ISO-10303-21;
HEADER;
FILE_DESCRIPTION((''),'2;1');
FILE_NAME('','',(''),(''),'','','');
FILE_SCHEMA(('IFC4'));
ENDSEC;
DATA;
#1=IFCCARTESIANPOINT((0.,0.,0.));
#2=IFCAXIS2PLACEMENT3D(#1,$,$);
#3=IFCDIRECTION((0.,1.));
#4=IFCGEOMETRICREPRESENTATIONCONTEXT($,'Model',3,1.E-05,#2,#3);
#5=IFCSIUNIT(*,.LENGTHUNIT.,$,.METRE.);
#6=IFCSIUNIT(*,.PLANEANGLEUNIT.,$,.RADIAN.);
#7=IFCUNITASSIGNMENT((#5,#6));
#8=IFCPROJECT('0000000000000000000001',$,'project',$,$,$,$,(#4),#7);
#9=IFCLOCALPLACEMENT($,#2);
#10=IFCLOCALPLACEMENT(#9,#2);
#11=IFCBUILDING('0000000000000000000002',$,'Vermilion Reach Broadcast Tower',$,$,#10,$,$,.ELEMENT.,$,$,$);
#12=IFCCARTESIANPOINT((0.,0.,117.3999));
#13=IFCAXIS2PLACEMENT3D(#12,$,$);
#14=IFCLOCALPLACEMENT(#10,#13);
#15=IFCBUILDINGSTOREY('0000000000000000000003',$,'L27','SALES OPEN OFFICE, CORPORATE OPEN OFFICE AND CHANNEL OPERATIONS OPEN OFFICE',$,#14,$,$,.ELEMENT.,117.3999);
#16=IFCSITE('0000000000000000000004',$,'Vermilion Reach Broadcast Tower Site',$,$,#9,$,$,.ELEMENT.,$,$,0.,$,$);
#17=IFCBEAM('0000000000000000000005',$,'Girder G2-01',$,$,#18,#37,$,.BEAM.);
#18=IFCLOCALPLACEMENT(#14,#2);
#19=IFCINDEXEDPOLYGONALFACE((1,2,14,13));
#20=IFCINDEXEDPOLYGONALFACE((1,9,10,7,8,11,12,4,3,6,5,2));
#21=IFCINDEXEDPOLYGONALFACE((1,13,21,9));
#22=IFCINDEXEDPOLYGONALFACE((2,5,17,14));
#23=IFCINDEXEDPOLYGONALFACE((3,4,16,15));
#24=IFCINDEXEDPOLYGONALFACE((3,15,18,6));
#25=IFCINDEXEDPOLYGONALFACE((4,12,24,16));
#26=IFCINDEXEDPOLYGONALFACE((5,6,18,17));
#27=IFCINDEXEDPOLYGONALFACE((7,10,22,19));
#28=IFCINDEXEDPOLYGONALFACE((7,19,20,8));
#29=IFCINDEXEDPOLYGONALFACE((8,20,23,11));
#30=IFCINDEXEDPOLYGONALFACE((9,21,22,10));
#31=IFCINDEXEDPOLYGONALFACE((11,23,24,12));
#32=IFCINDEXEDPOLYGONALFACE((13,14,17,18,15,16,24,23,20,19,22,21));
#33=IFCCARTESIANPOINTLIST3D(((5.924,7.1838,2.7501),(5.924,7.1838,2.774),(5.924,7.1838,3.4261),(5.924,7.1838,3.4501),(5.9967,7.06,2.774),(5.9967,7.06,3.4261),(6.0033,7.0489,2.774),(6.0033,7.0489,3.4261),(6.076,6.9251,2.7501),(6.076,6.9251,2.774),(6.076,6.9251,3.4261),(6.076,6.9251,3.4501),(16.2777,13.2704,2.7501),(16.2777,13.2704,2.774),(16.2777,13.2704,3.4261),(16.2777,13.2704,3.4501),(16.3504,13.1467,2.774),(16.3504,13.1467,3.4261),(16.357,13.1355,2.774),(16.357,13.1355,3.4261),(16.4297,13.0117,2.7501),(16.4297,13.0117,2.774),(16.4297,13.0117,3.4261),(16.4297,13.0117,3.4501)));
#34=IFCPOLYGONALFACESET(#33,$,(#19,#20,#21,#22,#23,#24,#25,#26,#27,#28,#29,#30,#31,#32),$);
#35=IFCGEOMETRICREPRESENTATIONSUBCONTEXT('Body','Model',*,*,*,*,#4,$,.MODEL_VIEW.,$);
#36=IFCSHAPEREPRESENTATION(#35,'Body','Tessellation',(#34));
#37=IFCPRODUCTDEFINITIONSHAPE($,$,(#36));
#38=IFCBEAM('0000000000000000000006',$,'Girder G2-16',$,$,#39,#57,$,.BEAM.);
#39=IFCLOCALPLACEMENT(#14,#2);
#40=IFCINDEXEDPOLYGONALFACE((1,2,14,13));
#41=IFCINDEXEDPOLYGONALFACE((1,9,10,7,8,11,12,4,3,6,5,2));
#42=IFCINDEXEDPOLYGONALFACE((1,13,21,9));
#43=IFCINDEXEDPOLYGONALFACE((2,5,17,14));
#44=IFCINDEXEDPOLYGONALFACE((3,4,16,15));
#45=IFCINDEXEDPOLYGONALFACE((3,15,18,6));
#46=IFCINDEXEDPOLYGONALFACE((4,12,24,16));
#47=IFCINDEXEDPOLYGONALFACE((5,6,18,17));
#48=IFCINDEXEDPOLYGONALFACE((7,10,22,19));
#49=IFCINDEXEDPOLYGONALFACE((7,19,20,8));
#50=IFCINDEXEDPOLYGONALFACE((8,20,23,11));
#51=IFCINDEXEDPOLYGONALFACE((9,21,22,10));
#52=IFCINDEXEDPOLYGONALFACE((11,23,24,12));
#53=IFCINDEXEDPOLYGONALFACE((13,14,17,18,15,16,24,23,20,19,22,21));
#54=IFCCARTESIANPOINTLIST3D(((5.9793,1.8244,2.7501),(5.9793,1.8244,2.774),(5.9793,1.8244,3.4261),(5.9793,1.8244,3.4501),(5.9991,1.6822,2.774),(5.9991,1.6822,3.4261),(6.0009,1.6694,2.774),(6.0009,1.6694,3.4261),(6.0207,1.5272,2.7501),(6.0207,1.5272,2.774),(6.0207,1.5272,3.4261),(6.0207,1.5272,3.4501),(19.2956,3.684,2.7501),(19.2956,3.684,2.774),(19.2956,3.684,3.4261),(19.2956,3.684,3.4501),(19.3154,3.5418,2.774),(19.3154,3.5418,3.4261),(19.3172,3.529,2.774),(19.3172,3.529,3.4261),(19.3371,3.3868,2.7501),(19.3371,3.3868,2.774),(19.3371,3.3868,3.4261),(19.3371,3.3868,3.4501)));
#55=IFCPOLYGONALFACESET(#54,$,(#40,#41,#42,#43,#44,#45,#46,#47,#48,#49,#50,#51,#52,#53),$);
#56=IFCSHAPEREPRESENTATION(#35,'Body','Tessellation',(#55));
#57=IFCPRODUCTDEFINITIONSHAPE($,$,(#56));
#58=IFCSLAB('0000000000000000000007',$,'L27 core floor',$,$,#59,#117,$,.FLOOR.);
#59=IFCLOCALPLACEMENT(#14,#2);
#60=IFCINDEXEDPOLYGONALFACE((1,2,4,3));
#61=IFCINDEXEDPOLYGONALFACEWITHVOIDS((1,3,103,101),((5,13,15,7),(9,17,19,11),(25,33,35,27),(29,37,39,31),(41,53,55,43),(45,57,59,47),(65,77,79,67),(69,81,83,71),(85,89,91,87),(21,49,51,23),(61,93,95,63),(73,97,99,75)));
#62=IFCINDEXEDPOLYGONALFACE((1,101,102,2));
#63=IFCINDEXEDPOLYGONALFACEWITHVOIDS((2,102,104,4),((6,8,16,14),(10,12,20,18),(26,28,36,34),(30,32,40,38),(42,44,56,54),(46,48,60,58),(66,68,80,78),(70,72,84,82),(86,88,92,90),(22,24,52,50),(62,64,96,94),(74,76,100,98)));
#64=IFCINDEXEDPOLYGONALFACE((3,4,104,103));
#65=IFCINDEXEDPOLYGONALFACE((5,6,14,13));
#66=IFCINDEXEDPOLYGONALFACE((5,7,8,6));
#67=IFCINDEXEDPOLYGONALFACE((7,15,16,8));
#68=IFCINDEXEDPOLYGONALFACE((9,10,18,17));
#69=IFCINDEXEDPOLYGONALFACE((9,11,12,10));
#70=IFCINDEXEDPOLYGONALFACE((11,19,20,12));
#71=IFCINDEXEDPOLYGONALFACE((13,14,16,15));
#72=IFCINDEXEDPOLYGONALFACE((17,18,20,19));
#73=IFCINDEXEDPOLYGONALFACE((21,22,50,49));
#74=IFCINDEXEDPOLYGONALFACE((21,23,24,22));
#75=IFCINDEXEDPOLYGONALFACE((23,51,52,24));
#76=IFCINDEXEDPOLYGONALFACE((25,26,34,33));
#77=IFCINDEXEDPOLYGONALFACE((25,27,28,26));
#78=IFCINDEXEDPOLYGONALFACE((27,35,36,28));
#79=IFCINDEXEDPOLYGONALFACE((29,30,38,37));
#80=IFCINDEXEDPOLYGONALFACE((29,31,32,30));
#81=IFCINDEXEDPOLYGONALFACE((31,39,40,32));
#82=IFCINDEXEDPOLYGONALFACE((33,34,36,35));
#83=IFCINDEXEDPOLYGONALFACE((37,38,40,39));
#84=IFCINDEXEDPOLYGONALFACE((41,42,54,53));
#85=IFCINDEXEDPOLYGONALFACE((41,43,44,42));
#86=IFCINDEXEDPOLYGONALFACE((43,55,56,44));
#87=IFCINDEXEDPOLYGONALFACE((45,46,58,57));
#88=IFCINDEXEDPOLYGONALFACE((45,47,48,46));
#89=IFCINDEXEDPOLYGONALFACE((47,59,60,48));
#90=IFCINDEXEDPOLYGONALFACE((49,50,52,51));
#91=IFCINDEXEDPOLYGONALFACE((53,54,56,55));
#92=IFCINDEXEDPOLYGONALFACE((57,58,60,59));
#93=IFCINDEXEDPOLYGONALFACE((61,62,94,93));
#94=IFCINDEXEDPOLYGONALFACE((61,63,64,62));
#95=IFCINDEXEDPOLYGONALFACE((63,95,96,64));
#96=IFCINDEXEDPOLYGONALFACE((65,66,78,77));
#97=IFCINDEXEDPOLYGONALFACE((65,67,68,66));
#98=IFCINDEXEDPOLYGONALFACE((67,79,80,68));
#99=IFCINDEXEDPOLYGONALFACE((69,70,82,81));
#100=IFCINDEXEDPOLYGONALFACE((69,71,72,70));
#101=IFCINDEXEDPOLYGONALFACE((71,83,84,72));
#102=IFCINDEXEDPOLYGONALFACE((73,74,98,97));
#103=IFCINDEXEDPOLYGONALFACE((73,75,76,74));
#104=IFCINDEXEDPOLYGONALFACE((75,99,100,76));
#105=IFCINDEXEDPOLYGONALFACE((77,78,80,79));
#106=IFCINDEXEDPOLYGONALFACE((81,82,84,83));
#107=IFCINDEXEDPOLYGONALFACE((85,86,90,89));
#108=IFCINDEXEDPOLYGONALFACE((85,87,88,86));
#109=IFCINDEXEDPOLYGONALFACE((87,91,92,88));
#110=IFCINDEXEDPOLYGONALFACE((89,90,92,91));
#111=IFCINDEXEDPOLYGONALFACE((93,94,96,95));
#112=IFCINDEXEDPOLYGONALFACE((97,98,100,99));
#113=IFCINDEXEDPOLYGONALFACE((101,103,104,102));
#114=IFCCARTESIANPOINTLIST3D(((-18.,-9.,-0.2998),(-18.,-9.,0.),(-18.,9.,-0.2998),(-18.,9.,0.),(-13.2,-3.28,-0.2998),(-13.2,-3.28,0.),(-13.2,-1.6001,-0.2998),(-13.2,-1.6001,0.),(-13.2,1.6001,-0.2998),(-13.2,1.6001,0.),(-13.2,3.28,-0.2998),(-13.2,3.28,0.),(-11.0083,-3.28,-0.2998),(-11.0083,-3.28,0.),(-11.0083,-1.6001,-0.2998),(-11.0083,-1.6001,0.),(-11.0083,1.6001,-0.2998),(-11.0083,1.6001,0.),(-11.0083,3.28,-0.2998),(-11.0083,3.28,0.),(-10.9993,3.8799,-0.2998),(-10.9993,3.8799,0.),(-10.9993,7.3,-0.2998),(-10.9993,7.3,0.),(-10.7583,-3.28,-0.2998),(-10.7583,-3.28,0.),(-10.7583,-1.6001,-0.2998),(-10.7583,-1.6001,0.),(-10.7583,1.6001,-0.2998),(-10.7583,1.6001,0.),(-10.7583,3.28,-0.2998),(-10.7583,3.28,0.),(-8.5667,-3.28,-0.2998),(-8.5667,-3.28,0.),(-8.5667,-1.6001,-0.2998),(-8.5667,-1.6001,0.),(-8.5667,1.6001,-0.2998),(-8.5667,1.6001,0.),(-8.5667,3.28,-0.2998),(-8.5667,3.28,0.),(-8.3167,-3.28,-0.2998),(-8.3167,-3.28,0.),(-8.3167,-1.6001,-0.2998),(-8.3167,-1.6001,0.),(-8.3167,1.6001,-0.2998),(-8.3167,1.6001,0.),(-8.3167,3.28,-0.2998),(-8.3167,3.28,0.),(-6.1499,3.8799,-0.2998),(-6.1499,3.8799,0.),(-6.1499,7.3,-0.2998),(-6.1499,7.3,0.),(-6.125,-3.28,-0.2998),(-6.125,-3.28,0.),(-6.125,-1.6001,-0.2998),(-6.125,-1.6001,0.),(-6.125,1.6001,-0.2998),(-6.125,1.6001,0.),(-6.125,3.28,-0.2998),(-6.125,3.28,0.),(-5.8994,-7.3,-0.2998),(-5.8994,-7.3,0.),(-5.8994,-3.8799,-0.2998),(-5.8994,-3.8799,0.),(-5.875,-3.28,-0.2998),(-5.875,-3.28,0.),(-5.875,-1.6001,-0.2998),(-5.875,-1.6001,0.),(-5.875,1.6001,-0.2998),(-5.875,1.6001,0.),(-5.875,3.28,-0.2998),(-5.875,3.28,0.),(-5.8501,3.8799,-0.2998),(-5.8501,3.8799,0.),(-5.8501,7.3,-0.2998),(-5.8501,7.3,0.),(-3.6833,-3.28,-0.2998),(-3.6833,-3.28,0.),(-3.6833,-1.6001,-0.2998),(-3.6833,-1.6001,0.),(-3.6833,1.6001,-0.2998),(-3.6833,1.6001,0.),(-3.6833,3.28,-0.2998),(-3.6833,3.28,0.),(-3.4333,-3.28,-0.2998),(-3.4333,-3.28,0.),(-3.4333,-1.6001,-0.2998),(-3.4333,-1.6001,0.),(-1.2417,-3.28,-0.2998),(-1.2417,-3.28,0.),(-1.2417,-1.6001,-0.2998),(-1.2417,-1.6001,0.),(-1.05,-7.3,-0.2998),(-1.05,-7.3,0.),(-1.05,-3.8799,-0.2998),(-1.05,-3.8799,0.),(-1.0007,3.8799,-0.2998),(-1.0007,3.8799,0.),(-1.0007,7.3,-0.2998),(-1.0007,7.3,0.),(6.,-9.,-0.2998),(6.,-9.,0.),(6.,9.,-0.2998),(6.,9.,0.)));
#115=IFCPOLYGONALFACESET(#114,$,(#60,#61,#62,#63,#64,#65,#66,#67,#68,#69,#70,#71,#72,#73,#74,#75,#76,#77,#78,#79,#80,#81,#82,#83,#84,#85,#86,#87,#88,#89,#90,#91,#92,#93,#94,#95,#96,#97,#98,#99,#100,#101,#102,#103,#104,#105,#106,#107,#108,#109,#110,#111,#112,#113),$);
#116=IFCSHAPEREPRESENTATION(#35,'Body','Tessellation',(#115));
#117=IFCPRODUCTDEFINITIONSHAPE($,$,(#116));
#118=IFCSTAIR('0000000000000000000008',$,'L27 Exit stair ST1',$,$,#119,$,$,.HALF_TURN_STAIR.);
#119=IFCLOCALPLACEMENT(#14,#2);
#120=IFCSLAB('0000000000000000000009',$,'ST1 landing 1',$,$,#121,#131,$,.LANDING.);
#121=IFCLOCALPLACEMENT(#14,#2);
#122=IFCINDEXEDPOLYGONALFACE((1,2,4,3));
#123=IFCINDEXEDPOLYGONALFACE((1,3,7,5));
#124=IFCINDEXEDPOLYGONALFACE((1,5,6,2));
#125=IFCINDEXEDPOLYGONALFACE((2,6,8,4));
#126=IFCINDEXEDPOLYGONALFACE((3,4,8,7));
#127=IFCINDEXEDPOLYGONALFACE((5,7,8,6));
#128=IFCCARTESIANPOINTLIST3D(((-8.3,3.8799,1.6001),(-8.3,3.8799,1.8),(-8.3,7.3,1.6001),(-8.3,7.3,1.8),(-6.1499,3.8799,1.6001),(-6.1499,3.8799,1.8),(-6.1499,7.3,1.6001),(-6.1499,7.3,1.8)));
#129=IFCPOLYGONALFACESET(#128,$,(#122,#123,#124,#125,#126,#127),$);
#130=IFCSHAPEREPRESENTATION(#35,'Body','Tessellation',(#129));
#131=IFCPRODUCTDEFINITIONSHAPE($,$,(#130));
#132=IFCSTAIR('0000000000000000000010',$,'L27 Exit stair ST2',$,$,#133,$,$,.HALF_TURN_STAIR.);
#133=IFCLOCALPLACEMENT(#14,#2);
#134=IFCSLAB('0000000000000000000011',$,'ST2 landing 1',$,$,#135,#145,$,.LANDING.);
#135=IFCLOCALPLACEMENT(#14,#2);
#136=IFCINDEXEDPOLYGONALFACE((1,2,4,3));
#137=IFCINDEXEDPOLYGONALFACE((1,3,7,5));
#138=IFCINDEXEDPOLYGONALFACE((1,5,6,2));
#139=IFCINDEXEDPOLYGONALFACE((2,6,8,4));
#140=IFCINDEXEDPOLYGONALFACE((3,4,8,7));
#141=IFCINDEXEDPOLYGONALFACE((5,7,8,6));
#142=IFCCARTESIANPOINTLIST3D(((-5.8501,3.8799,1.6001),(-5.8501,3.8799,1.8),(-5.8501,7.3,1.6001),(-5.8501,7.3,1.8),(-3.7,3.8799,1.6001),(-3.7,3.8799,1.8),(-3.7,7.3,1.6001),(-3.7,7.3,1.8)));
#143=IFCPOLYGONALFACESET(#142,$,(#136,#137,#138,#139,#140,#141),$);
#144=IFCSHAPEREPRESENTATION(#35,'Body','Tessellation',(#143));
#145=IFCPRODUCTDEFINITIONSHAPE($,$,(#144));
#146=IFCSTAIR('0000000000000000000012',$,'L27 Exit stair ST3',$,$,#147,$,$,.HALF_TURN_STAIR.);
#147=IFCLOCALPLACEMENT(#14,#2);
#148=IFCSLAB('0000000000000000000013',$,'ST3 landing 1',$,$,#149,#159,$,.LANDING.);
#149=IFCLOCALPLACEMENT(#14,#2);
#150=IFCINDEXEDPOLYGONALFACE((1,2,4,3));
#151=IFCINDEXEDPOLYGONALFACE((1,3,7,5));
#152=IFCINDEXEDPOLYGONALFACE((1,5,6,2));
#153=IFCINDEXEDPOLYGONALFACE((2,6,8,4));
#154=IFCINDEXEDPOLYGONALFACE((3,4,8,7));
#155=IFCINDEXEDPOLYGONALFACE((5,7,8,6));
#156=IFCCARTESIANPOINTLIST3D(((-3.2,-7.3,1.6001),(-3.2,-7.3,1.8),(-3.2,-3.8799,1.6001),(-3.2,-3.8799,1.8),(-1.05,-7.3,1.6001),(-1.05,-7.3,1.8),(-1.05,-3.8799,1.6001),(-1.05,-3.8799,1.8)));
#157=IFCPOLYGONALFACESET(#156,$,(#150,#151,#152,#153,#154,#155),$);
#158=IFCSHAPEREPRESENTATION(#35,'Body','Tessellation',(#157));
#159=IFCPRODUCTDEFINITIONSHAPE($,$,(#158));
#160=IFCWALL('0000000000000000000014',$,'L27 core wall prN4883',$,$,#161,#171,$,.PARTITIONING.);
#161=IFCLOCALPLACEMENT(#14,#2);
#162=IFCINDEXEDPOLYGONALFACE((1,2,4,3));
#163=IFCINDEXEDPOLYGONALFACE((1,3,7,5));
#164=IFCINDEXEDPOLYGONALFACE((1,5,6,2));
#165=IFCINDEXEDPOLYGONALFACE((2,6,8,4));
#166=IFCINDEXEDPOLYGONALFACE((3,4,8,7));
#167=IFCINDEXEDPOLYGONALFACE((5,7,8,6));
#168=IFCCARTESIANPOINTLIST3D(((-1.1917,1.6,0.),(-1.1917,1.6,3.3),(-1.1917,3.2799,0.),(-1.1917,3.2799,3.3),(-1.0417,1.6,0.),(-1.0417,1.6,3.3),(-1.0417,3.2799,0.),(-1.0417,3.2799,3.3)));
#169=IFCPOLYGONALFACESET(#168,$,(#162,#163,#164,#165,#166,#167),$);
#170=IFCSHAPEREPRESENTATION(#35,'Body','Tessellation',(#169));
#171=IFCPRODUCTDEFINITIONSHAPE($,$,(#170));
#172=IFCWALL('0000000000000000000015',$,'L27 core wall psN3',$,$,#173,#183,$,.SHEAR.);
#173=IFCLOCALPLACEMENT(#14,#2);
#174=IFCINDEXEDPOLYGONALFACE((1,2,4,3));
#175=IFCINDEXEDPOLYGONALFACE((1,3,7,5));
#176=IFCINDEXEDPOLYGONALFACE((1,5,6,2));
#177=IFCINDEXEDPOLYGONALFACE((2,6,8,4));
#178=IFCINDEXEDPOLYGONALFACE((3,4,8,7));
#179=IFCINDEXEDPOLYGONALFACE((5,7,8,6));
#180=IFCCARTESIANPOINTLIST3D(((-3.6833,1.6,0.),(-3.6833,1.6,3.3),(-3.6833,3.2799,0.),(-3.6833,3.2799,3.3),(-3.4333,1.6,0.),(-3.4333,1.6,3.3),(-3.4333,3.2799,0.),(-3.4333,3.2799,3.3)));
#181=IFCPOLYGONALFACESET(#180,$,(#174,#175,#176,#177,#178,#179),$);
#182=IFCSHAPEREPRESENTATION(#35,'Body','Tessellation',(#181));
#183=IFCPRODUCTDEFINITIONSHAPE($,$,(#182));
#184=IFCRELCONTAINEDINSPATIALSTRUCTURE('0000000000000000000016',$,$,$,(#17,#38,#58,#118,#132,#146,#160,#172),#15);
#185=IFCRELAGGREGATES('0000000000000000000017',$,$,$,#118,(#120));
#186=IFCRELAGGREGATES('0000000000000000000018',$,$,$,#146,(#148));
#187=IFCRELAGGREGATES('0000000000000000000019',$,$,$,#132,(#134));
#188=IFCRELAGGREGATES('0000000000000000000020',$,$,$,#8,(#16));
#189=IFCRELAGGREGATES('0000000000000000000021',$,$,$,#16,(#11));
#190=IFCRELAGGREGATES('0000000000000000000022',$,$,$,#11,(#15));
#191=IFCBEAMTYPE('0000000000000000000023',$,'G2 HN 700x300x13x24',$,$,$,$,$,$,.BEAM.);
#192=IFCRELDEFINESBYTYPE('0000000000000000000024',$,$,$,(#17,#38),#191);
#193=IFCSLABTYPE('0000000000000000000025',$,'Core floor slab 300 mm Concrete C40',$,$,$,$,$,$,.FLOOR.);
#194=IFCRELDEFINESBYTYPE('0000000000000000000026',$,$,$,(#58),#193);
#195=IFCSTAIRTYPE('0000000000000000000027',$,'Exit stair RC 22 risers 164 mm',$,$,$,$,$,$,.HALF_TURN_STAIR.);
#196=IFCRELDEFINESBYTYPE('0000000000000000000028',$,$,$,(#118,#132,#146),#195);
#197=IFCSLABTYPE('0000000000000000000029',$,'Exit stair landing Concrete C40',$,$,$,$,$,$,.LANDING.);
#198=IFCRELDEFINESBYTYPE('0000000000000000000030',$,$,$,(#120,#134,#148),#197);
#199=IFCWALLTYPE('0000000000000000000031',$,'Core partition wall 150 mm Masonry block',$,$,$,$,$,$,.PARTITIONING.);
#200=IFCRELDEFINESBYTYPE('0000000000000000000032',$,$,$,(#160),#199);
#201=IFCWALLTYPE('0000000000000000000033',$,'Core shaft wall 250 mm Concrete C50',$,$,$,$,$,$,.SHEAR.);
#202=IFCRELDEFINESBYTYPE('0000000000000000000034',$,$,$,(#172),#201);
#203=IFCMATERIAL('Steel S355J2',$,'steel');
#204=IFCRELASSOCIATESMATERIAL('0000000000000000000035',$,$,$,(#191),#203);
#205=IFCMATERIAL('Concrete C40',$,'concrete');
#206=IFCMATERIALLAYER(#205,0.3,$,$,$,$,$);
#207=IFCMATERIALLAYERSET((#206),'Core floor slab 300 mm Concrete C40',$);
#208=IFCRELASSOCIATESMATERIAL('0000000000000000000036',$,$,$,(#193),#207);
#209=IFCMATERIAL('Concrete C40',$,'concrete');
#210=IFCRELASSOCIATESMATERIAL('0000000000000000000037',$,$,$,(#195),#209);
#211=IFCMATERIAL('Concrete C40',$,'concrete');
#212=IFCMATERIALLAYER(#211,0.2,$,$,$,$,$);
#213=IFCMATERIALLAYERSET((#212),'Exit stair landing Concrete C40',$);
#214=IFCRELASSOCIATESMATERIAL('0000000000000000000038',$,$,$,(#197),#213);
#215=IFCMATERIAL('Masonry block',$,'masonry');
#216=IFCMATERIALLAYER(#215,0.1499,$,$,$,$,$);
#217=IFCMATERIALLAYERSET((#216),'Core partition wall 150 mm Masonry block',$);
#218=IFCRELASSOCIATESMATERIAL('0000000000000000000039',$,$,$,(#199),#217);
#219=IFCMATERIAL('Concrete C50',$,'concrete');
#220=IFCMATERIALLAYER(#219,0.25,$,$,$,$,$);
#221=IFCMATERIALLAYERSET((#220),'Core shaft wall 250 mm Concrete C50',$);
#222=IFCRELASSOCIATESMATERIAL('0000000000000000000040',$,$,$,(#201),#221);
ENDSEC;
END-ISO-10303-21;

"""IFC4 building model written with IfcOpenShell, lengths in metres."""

from ifc_helpers import new_model, si_unit, direction, frame, frame_2d, origin, origin_2d, place, context, subcontext, project, spatial, polyline, rectangle, i_section, outline, extrude, material, layer, layer_set, material_profile, profile_set, type_object, element, aggregate, save


model = new_model("IFC4")

# Units and contexts
model_context = context("Model", 3, precision=1e-05, world=origin(), true_north=direction((0.0, 1.0)))
body_context = subcontext(model_context, "Body", "Model", "MODEL_VIEW")
ifc_project = project(units=[si_unit("LENGTHUNIT", "METRE"), si_unit("PLANEANGLEUNIT", "RADIAN")], contexts=[model_context])

# Site, building, storey
site_placement = place(None, origin())
site = spatial("IfcSite", under=ifc_project, at=site_placement, Name="Vermilion Reach Broadcast Tower Site", CompositionType="ELEMENT", RefElevation=0.0)
building_placement = place(site_placement, origin())
building = spatial("IfcBuilding", under=site, at=building_placement, Name="Vermilion Reach Broadcast Tower", CompositionType="ELEMENT")
storey_placement = place(building_placement, frame((0.0, 0.0, 117.3999)))
storey = spatial("IfcBuildingStorey", under=building, at=storey_placement, Name="L27", Description="SALES OPEN OFFICE, CORPORATE OPEN OFFICE AND CHANNEL OPERATIONS OPEN OFFICE", CompositionType="ELEMENT", Elevation=117.3999)

# Beams
ifc_material_1 = material(Name="Steel S355J2", Category="steel")
ifc_material_profile = material_profile(ifc_material_1, i_section(OverallWidth=0.3, OverallDepth=0.7, WebThickness=0.0129, FlangeThickness=0.0239, at=origin_2d()), Name="S355J2 HN 700x300x13x24")
ifc_profile_set = profile_set([ifc_material_profile], Name="Steel S355J2")
beam_type = type_object("IfcBeamType", Name="G2 HN 700x300x13x24", PredefinedType="BEAM", material=ifc_profile_set)
beam_1_placement = place(storey_placement, frame((6.0, 7.0544, 3.1001), z_axis=(0.862072, 0.506786, 0.0), x_axis=(-0.506786, 0.862072, 0.0)))
element("IfcBeam", 1, at=beam_1_placement, inside=storey, type_object=beam_type, Name="Girder G2-01", PredefinedType="BEAM", context=body_context, shape_type="SweptSolid", body=[
    extrude(i_section(OverallWidth=0.3, OverallDepth=0.7, WebThickness=0.0129, FlangeThickness=0.0239, at=origin_2d()), origin(), (0.0, 0.0, 1.0), 12.0103),
])
beam_2_placement = place(storey_placement, frame((6.0, 1.6758, 3.1001), z_axis=(0.990389, 0.138307, 0.0), x_axis=(-0.138307, 0.990389, 0.0)))
element("IfcBeam", 2, at=beam_2_placement, inside=storey, type_object=beam_type, Name="Girder G2-16", PredefinedType="BEAM", context=body_context, shape_type="SweptSolid", body=[
    extrude(i_section(OverallWidth=0.3, OverallDepth=0.7, WebThickness=0.0129, FlangeThickness=0.0239, at=origin_2d()), origin(), (0.0, 0.0, 1.0), 13.4456),
])

# Slab
ifc_material_2 = material(Name="Concrete C40", Category="concrete")
ifc_layer_1 = layer(ifc_material_2, 0.3)
ifc_layer_set_1 = layer_set([ifc_layer_1], Name="Core floor slab 300 mm Concrete C40")
slab_type_1 = type_object("IfcSlabType", Name="Core floor slab 300 mm Concrete C40", PredefinedType="FLOOR", material=ifc_layer_set_1)
slab_1_placement = place(storey_placement, frame((0.0, 0.0, -0.2998)))
element("IfcSlab", 3, at=slab_1_placement, inside=storey, type_object=slab_type_1, Name="L27 core floor", PredefinedType="FLOOR", context=body_context, shape_type="SweptSolid", body=[
    extrude(outline(polyline([(-18.0, -9.0), (6.0, -9.0), (6.0, 9.0), (-18.0, 9.0), (-18.0, -9.0)]), holes=[polyline([(-13.2, 1.6001), (-11.0083, 1.6001), (-11.0083, 3.28), (-13.2, 3.28), (-13.2, 1.6001)]), polyline([(-10.7583, 1.6001), (-8.5667, 1.6001), (-8.5667, 3.28), (-10.7583, 3.28), (-10.7583, 1.6001)]), polyline([(-8.3167, 1.6001), (-6.125, 1.6001), (-6.125, 3.28), (-8.3167, 3.28), (-8.3167, 1.6001)]), polyline([(-5.875, 1.6001), (-3.6833, 1.6001), (-3.6833, 3.28), (-5.875, 3.28), (-5.875, 1.6001)]), polyline([(-13.2, -3.28), (-11.0083, -3.28), (-11.0083, -1.6001), (-13.2, -1.6001), (-13.2, -3.28)]), polyline([(-10.7583, -3.28), (-8.5667, -3.28), (-8.5667, -1.6001), (-10.7583, -1.6001), (-10.7583, -3.28)]), polyline([(-8.3167, -3.28), (-6.125, -3.28), (-6.125, -1.6001), (-8.3167, -1.6001), (-8.3167, -3.28)]), polyline([(-5.875, -3.28), (-3.6833, -3.28), (-3.6833, -1.6001), (-5.875, -1.6001), (-5.875, -3.28)]), polyline([(-3.4333, -3.28), (-1.2417, -3.28), (-1.2417, -1.6001), (-3.4333, -1.6001), (-3.4333, -3.28)]), polyline([(-10.9993, 3.8799), (-6.1499, 3.8799), (-6.1499, 7.3), (-10.9993, 7.3), (-10.9993, 3.8799)]), polyline([(-1.0007, 7.3), (-5.8501, 7.3), (-5.8501, 3.8799), (-1.0007, 3.8799), (-1.0007, 7.3)]), polyline([(-5.8994, -7.3), (-1.05, -7.3), (-1.05, -3.8799), (-5.8994, -3.8799), (-5.8994, -7.3)])]), origin(), (0.0, 0.0, 1.0), 0.2998),
])

# Stairs, slabs
ifc_material_3 = material(Name="Concrete C40", Category="concrete")
stair_type = type_object("IfcStairType", Name="Exit stair RC 22 risers 164 mm", PredefinedType="HALF_TURN_STAIR", material=ifc_material_3)
placement_1 = place(storey_placement, origin())
stair_1 = element("IfcStair", 4, at=placement_1, inside=storey, type_object=stair_type, Name="L27 Exit stair ST1", PredefinedType="HALF_TURN_STAIR")
ifc_material_4 = material(Name="Concrete C40", Category="concrete")
ifc_layer_2 = layer(ifc_material_4, 0.2)
ifc_layer_set_2 = layer_set([ifc_layer_2], Name="Exit stair landing Concrete C40")
slab_type_2 = type_object("IfcSlabType", Name="Exit stair landing Concrete C40", PredefinedType="LANDING", material=ifc_layer_set_2)
placement_2 = place(storey_placement, frame((0.0, 0.0, 1.6001)))
slab_2 = element("IfcSlab", 5, at=placement_2, type_object=slab_type_2, Name="ST1 landing 1", PredefinedType="LANDING", context=body_context, shape_type="SweptSolid", body=[
    extrude(outline(polyline([(-8.3, 3.8799), (-6.1499, 3.8799), (-6.1499, 7.3), (-8.3, 7.3), (-8.3, 3.8799)])), origin(), (0.0, 0.0, 1.0), 0.2),
])
aggregate(stair_1, [slab_2])
stair_2 = element("IfcStair", 6, at=placement_1, inside=storey, type_object=stair_type, Name="L27 Exit stair ST2", PredefinedType="HALF_TURN_STAIR")
slab_3 = element("IfcSlab", 7, at=placement_2, type_object=slab_type_2, Name="ST2 landing 1", PredefinedType="LANDING", context=body_context, shape_type="SweptSolid", body=[
    extrude(outline(polyline([(-3.7, 7.3), (-5.8501, 7.3), (-5.8501, 3.8799), (-3.7, 3.8799), (-3.7, 7.3)])), origin(), (0.0, 0.0, 1.0), 0.2),
])
stair_3 = element("IfcStair", 8, at=placement_1, inside=storey, type_object=stair_type, Name="L27 Exit stair ST3", PredefinedType="HALF_TURN_STAIR")
slab_4 = element("IfcSlab", 9, at=placement_2, type_object=slab_type_2, Name="ST3 landing 1", PredefinedType="LANDING", context=body_context, shape_type="SweptSolid", body=[
    extrude(outline(polyline([(-3.2, -7.3), (-1.05, -7.3), (-1.05, -3.8799), (-3.2, -3.8799), (-3.2, -7.3)])), origin(), (0.0, 0.0, 1.0), 0.2),
])
aggregate(stair_3, [slab_4])

# Walls
ifc_material_5 = material(Name="Masonry block", Category="masonry")
ifc_layer_3 = layer(ifc_material_5, 0.1499)
ifc_layer_set_3 = layer_set([ifc_layer_3], Name="Core partition wall 150 mm Masonry block")
wall_type_1 = type_object("IfcWallType", Name="Core partition wall 150 mm Masonry block", PredefinedType="PARTITIONING", material=ifc_layer_set_3)
wall_1_placement = place(storey_placement, frame((-1.1167, 1.6001, 0.0), z_axis=(0.0, 0.0, 1.0), x_axis=(0.0, 1.0, 0.0)))
element("IfcWall", 10, at=wall_1_placement, inside=storey, type_object=wall_type_1, Name="L27 core wall prN4883", PredefinedType="PARTITIONING", context=body_context, shape_type="SweptSolid", body=[
    extrude(rectangle(XDim=1.6799, YDim=0.1499, at=frame_2d((0.8398, 0.0))), origin(), (0.0, 0.0, 1.0), 3.3),
])
ifc_material_6 = material(Name="Concrete C50", Category="concrete")
ifc_layer_4 = layer(ifc_material_6, 0.25)
ifc_layer_set_4 = layer_set([ifc_layer_4], Name="Core shaft wall 250 mm Concrete C50")
wall_type_2 = type_object("IfcWallType", Name="Core shaft wall 250 mm Concrete C50", PredefinedType="SHEAR", material=ifc_layer_set_4)
wall_2_placement = place(storey_placement, frame((-3.5583, 1.6001, 0.0), z_axis=(0.0, 0.0, 1.0), x_axis=(0.0, 1.0, 0.0)))
element("IfcWall", 11, at=wall_2_placement, inside=storey, type_object=wall_type_2, Name="L27 core wall psN3", PredefinedType="SHEAR", context=body_context, shape_type="SweptSolid", body=[
    extrude(rectangle(XDim=1.6799, YDim=0.25, at=frame_2d((0.8398, 0.0))), origin(), (0.0, 0.0, 1.0), 3.3),
])

aggregate(stair_2, [slab_3])

save(model, "model.ifc")
